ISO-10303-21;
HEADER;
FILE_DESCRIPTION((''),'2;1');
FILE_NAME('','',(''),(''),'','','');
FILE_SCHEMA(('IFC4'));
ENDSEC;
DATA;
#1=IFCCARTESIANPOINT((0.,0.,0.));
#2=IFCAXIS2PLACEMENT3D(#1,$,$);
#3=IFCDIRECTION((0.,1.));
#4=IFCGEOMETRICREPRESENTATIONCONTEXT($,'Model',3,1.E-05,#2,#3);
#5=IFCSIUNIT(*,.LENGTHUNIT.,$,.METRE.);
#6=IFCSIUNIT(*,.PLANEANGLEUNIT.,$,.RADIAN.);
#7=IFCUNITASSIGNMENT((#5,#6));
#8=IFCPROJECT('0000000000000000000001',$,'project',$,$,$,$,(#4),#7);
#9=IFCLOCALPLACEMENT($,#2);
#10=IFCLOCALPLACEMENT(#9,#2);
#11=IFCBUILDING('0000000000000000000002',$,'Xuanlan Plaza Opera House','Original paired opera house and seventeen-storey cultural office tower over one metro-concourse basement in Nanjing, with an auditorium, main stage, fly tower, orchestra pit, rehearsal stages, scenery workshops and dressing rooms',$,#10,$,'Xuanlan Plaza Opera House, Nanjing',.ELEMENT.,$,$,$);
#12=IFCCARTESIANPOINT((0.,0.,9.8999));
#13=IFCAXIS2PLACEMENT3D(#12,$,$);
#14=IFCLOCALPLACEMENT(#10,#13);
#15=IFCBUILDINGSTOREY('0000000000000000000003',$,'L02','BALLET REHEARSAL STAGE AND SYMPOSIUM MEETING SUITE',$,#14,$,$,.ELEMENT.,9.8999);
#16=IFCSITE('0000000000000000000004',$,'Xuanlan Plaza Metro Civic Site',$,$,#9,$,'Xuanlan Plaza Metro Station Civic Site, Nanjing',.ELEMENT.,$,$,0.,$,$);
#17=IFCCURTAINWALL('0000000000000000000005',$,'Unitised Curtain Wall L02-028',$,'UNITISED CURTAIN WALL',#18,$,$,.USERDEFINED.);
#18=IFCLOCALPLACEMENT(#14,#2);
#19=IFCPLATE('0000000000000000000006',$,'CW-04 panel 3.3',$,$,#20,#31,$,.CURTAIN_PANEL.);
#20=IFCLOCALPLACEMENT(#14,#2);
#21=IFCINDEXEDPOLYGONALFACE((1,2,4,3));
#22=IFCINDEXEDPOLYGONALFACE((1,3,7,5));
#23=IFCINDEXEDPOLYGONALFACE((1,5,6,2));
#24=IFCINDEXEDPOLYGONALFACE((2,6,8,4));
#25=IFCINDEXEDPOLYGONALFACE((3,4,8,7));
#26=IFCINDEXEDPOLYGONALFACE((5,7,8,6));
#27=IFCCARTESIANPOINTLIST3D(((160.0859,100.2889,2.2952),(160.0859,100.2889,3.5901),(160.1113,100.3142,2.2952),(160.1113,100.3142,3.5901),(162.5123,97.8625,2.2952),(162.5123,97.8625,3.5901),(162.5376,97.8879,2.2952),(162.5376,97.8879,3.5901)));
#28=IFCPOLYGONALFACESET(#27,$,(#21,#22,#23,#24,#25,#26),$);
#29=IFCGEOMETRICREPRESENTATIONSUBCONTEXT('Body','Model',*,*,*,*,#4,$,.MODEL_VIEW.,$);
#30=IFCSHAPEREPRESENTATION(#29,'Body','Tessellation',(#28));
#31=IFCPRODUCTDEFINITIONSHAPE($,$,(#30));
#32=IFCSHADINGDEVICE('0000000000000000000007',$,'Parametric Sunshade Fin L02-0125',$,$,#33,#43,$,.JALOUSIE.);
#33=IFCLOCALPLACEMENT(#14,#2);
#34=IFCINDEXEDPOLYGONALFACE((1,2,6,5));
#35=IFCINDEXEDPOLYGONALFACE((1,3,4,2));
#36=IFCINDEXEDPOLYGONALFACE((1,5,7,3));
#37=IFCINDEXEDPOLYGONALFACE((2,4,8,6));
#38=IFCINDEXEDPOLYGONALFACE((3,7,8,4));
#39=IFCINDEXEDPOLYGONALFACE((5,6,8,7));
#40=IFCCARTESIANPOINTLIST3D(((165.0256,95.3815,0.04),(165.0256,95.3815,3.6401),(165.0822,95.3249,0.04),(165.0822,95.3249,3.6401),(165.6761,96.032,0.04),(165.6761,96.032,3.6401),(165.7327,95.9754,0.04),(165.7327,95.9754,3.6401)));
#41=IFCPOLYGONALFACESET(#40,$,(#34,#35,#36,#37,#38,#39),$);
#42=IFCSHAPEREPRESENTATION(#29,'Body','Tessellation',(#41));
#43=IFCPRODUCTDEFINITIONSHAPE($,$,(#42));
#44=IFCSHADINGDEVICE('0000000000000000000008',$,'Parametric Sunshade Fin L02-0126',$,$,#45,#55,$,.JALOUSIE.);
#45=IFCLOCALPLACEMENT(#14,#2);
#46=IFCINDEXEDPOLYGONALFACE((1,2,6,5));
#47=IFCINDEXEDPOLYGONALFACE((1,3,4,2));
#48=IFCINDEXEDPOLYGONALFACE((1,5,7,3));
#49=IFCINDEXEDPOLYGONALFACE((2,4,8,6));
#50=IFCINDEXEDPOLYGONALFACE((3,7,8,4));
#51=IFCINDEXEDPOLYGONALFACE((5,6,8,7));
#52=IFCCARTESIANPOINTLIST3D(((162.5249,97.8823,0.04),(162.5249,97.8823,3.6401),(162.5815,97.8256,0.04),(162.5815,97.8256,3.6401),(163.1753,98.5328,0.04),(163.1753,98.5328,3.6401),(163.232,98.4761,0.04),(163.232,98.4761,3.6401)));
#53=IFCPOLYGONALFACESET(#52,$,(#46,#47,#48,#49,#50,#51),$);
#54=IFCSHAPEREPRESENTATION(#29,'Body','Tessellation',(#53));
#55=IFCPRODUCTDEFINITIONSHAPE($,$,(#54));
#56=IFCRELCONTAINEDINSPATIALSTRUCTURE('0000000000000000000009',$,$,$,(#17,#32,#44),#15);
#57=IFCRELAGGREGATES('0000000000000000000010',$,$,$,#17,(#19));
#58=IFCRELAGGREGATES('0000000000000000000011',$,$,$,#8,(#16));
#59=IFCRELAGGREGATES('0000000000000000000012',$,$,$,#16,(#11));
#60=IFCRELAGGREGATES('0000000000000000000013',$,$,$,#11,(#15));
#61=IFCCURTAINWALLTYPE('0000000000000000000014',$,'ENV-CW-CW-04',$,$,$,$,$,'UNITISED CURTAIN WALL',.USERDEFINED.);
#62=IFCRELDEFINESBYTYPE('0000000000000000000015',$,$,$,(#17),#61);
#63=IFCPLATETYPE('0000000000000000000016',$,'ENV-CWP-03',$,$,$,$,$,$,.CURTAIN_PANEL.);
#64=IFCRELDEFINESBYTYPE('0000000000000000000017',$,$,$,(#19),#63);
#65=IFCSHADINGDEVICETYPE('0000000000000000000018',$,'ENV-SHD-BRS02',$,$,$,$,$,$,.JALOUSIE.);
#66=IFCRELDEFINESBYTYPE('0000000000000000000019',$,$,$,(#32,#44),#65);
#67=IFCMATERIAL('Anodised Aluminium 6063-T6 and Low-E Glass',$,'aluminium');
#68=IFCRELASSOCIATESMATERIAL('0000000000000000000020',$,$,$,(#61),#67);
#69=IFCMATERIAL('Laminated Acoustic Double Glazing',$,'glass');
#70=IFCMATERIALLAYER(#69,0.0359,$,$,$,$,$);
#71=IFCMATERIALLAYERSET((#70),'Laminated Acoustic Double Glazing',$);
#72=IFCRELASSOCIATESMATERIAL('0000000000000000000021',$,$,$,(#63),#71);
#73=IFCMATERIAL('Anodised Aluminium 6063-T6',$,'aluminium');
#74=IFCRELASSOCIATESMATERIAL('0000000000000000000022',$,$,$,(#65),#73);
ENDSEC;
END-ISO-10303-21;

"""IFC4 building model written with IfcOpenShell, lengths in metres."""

from ifc_helpers import new_model, si_unit, direction, frame, origin, origin_2d, place, context, subcontext, project, spatial, rectangle, extrude, material, layer, layer_set, type_object, element, aggregate, save


model = new_model("IFC4")

# Units and contexts
model_context = context("Model", 3, precision=1e-05, world=origin(), true_north=direction((0.0, 1.0)))
body_context = subcontext(model_context, "Body", "Model", "MODEL_VIEW")
ifc_project = project(units=[si_unit("LENGTHUNIT", "METRE"), si_unit("PLANEANGLEUNIT", "RADIAN")], contexts=[model_context])

# Site, building, storey
site_placement = place(None, origin())
site = spatial("IfcSite", under=ifc_project, at=site_placement, Name="Xuanlan Plaza Metro Civic Site", LongName="Xuanlan Plaza Metro Station Civic Site, Nanjing", CompositionType="ELEMENT", RefElevation=0.0)
building_placement = place(site_placement, origin())
building = spatial("IfcBuilding", under=site, at=building_placement, Name="Xuanlan Plaza Opera House", Description="Original paired opera house and seventeen-storey cultural office tower over one metro-concourse basement in Nanjing, with an auditorium, main stage, fly tower, orchestra pit, rehearsal stages, scenery workshops and dressing rooms", LongName="Xuanlan Plaza Opera House, Nanjing", CompositionType="ELEMENT")
storey_placement = place(building_placement, frame((0.0, 0.0, 9.8999)))
storey = spatial("IfcBuildingStorey", under=building, at=storey_placement, Name="L02", Description="BALLET REHEARSAL STAGE AND SYMPOSIUM MEETING SUITE", CompositionType="ELEMENT", Elevation=9.8999)

# Curtain wall
ifc_material_1 = material(Name="Anodised Aluminium 6063-T6 and Low-E Glass", Category="aluminium")
curtain_wall_type_1 = type_object("IfcCurtainWallType", Name="ENV-CW-CW-04", ElementType="UNITISED CURTAIN WALL", PredefinedType="USERDEFINED", material=ifc_material_1)
curtain_wall_1_placement = place(storey_placement, origin())
curtain_wall_1 = element("IfcCurtainWall", 1, at=curtain_wall_1_placement, inside=storey, type_object=curtain_wall_type_1, Name="Unitised Curtain Wall L02-028", ObjectType="UNITISED CURTAIN WALL", PredefinedType="USERDEFINED")
ifc_material_2 = material(Name="Anodised Aluminium 6063-T6", Category="aluminium")

# Plate
ifc_material_3 = material(Name="Laminated Acoustic Double Glazing", Category="glass")
ifc_layer = layer(ifc_material_3, 0.0359)
ifc_layer_set = layer_set([ifc_layer], Name="Laminated Acoustic Double Glazing")
plate_type = type_object("IfcPlateType", Name="ENV-CWP-03", PredefinedType="CURTAIN_PANEL", material=ifc_layer_set)
plate_1_placement = place(storey_placement, frame((161.3118, 99.0884, 2.2952), z_axis=(0.0, 0.0, 1.0), x_axis=(-0.707107, 0.707107, 0.0)))
plate_1 = element("IfcPlate", 2, at=plate_1_placement, type_object=plate_type, Name="CW-04 panel 3.3", PredefinedType="CURTAIN_PANEL", context=body_context, shape_type="SweptSolid", body=[
    extrude(rectangle(XDim=3.4314, YDim=0.0359, at=origin_2d()), origin(), (0.0, 0.0, 1.0), 1.2949),
])
aggregate(curtain_wall_1, [plate_1])

# Shading devices
shading_device_type = type_object("IfcShadingDeviceType", Name="ENV-SHD-BRS02", PredefinedType="JALOUSIE", material=ifc_material_2)
for number, where, z_axis, x_axis, name in (
    (3, (165.3792, 95.6785, 0.04), (0.0, 0.0, 1.0), (0.707107, 0.707107, 0.0), "Parametric Sunshade Fin L02-0125"),
    (4, (162.8784, 98.1792, 0.04), (0.0, 0.0, 1.0), (0.707107, 0.707107, 0.0), "Parametric Sunshade Fin L02-0126"),
):
    element("IfcShadingDevice", number, at=place(storey_placement, frame(where, z_axis=z_axis, x_axis=x_axis)), inside=storey, type_object=shading_device_type, Name=name, PredefinedType="JALOUSIE", context=body_context, shape_type="SweptSolid", body=[
        extrude(rectangle(XDim=0.9199, YDim=0.0801, at=origin_2d()), origin(), (0.0, 0.0, 1.0), 3.6001),
    ])

save(model, "model.ifc")
